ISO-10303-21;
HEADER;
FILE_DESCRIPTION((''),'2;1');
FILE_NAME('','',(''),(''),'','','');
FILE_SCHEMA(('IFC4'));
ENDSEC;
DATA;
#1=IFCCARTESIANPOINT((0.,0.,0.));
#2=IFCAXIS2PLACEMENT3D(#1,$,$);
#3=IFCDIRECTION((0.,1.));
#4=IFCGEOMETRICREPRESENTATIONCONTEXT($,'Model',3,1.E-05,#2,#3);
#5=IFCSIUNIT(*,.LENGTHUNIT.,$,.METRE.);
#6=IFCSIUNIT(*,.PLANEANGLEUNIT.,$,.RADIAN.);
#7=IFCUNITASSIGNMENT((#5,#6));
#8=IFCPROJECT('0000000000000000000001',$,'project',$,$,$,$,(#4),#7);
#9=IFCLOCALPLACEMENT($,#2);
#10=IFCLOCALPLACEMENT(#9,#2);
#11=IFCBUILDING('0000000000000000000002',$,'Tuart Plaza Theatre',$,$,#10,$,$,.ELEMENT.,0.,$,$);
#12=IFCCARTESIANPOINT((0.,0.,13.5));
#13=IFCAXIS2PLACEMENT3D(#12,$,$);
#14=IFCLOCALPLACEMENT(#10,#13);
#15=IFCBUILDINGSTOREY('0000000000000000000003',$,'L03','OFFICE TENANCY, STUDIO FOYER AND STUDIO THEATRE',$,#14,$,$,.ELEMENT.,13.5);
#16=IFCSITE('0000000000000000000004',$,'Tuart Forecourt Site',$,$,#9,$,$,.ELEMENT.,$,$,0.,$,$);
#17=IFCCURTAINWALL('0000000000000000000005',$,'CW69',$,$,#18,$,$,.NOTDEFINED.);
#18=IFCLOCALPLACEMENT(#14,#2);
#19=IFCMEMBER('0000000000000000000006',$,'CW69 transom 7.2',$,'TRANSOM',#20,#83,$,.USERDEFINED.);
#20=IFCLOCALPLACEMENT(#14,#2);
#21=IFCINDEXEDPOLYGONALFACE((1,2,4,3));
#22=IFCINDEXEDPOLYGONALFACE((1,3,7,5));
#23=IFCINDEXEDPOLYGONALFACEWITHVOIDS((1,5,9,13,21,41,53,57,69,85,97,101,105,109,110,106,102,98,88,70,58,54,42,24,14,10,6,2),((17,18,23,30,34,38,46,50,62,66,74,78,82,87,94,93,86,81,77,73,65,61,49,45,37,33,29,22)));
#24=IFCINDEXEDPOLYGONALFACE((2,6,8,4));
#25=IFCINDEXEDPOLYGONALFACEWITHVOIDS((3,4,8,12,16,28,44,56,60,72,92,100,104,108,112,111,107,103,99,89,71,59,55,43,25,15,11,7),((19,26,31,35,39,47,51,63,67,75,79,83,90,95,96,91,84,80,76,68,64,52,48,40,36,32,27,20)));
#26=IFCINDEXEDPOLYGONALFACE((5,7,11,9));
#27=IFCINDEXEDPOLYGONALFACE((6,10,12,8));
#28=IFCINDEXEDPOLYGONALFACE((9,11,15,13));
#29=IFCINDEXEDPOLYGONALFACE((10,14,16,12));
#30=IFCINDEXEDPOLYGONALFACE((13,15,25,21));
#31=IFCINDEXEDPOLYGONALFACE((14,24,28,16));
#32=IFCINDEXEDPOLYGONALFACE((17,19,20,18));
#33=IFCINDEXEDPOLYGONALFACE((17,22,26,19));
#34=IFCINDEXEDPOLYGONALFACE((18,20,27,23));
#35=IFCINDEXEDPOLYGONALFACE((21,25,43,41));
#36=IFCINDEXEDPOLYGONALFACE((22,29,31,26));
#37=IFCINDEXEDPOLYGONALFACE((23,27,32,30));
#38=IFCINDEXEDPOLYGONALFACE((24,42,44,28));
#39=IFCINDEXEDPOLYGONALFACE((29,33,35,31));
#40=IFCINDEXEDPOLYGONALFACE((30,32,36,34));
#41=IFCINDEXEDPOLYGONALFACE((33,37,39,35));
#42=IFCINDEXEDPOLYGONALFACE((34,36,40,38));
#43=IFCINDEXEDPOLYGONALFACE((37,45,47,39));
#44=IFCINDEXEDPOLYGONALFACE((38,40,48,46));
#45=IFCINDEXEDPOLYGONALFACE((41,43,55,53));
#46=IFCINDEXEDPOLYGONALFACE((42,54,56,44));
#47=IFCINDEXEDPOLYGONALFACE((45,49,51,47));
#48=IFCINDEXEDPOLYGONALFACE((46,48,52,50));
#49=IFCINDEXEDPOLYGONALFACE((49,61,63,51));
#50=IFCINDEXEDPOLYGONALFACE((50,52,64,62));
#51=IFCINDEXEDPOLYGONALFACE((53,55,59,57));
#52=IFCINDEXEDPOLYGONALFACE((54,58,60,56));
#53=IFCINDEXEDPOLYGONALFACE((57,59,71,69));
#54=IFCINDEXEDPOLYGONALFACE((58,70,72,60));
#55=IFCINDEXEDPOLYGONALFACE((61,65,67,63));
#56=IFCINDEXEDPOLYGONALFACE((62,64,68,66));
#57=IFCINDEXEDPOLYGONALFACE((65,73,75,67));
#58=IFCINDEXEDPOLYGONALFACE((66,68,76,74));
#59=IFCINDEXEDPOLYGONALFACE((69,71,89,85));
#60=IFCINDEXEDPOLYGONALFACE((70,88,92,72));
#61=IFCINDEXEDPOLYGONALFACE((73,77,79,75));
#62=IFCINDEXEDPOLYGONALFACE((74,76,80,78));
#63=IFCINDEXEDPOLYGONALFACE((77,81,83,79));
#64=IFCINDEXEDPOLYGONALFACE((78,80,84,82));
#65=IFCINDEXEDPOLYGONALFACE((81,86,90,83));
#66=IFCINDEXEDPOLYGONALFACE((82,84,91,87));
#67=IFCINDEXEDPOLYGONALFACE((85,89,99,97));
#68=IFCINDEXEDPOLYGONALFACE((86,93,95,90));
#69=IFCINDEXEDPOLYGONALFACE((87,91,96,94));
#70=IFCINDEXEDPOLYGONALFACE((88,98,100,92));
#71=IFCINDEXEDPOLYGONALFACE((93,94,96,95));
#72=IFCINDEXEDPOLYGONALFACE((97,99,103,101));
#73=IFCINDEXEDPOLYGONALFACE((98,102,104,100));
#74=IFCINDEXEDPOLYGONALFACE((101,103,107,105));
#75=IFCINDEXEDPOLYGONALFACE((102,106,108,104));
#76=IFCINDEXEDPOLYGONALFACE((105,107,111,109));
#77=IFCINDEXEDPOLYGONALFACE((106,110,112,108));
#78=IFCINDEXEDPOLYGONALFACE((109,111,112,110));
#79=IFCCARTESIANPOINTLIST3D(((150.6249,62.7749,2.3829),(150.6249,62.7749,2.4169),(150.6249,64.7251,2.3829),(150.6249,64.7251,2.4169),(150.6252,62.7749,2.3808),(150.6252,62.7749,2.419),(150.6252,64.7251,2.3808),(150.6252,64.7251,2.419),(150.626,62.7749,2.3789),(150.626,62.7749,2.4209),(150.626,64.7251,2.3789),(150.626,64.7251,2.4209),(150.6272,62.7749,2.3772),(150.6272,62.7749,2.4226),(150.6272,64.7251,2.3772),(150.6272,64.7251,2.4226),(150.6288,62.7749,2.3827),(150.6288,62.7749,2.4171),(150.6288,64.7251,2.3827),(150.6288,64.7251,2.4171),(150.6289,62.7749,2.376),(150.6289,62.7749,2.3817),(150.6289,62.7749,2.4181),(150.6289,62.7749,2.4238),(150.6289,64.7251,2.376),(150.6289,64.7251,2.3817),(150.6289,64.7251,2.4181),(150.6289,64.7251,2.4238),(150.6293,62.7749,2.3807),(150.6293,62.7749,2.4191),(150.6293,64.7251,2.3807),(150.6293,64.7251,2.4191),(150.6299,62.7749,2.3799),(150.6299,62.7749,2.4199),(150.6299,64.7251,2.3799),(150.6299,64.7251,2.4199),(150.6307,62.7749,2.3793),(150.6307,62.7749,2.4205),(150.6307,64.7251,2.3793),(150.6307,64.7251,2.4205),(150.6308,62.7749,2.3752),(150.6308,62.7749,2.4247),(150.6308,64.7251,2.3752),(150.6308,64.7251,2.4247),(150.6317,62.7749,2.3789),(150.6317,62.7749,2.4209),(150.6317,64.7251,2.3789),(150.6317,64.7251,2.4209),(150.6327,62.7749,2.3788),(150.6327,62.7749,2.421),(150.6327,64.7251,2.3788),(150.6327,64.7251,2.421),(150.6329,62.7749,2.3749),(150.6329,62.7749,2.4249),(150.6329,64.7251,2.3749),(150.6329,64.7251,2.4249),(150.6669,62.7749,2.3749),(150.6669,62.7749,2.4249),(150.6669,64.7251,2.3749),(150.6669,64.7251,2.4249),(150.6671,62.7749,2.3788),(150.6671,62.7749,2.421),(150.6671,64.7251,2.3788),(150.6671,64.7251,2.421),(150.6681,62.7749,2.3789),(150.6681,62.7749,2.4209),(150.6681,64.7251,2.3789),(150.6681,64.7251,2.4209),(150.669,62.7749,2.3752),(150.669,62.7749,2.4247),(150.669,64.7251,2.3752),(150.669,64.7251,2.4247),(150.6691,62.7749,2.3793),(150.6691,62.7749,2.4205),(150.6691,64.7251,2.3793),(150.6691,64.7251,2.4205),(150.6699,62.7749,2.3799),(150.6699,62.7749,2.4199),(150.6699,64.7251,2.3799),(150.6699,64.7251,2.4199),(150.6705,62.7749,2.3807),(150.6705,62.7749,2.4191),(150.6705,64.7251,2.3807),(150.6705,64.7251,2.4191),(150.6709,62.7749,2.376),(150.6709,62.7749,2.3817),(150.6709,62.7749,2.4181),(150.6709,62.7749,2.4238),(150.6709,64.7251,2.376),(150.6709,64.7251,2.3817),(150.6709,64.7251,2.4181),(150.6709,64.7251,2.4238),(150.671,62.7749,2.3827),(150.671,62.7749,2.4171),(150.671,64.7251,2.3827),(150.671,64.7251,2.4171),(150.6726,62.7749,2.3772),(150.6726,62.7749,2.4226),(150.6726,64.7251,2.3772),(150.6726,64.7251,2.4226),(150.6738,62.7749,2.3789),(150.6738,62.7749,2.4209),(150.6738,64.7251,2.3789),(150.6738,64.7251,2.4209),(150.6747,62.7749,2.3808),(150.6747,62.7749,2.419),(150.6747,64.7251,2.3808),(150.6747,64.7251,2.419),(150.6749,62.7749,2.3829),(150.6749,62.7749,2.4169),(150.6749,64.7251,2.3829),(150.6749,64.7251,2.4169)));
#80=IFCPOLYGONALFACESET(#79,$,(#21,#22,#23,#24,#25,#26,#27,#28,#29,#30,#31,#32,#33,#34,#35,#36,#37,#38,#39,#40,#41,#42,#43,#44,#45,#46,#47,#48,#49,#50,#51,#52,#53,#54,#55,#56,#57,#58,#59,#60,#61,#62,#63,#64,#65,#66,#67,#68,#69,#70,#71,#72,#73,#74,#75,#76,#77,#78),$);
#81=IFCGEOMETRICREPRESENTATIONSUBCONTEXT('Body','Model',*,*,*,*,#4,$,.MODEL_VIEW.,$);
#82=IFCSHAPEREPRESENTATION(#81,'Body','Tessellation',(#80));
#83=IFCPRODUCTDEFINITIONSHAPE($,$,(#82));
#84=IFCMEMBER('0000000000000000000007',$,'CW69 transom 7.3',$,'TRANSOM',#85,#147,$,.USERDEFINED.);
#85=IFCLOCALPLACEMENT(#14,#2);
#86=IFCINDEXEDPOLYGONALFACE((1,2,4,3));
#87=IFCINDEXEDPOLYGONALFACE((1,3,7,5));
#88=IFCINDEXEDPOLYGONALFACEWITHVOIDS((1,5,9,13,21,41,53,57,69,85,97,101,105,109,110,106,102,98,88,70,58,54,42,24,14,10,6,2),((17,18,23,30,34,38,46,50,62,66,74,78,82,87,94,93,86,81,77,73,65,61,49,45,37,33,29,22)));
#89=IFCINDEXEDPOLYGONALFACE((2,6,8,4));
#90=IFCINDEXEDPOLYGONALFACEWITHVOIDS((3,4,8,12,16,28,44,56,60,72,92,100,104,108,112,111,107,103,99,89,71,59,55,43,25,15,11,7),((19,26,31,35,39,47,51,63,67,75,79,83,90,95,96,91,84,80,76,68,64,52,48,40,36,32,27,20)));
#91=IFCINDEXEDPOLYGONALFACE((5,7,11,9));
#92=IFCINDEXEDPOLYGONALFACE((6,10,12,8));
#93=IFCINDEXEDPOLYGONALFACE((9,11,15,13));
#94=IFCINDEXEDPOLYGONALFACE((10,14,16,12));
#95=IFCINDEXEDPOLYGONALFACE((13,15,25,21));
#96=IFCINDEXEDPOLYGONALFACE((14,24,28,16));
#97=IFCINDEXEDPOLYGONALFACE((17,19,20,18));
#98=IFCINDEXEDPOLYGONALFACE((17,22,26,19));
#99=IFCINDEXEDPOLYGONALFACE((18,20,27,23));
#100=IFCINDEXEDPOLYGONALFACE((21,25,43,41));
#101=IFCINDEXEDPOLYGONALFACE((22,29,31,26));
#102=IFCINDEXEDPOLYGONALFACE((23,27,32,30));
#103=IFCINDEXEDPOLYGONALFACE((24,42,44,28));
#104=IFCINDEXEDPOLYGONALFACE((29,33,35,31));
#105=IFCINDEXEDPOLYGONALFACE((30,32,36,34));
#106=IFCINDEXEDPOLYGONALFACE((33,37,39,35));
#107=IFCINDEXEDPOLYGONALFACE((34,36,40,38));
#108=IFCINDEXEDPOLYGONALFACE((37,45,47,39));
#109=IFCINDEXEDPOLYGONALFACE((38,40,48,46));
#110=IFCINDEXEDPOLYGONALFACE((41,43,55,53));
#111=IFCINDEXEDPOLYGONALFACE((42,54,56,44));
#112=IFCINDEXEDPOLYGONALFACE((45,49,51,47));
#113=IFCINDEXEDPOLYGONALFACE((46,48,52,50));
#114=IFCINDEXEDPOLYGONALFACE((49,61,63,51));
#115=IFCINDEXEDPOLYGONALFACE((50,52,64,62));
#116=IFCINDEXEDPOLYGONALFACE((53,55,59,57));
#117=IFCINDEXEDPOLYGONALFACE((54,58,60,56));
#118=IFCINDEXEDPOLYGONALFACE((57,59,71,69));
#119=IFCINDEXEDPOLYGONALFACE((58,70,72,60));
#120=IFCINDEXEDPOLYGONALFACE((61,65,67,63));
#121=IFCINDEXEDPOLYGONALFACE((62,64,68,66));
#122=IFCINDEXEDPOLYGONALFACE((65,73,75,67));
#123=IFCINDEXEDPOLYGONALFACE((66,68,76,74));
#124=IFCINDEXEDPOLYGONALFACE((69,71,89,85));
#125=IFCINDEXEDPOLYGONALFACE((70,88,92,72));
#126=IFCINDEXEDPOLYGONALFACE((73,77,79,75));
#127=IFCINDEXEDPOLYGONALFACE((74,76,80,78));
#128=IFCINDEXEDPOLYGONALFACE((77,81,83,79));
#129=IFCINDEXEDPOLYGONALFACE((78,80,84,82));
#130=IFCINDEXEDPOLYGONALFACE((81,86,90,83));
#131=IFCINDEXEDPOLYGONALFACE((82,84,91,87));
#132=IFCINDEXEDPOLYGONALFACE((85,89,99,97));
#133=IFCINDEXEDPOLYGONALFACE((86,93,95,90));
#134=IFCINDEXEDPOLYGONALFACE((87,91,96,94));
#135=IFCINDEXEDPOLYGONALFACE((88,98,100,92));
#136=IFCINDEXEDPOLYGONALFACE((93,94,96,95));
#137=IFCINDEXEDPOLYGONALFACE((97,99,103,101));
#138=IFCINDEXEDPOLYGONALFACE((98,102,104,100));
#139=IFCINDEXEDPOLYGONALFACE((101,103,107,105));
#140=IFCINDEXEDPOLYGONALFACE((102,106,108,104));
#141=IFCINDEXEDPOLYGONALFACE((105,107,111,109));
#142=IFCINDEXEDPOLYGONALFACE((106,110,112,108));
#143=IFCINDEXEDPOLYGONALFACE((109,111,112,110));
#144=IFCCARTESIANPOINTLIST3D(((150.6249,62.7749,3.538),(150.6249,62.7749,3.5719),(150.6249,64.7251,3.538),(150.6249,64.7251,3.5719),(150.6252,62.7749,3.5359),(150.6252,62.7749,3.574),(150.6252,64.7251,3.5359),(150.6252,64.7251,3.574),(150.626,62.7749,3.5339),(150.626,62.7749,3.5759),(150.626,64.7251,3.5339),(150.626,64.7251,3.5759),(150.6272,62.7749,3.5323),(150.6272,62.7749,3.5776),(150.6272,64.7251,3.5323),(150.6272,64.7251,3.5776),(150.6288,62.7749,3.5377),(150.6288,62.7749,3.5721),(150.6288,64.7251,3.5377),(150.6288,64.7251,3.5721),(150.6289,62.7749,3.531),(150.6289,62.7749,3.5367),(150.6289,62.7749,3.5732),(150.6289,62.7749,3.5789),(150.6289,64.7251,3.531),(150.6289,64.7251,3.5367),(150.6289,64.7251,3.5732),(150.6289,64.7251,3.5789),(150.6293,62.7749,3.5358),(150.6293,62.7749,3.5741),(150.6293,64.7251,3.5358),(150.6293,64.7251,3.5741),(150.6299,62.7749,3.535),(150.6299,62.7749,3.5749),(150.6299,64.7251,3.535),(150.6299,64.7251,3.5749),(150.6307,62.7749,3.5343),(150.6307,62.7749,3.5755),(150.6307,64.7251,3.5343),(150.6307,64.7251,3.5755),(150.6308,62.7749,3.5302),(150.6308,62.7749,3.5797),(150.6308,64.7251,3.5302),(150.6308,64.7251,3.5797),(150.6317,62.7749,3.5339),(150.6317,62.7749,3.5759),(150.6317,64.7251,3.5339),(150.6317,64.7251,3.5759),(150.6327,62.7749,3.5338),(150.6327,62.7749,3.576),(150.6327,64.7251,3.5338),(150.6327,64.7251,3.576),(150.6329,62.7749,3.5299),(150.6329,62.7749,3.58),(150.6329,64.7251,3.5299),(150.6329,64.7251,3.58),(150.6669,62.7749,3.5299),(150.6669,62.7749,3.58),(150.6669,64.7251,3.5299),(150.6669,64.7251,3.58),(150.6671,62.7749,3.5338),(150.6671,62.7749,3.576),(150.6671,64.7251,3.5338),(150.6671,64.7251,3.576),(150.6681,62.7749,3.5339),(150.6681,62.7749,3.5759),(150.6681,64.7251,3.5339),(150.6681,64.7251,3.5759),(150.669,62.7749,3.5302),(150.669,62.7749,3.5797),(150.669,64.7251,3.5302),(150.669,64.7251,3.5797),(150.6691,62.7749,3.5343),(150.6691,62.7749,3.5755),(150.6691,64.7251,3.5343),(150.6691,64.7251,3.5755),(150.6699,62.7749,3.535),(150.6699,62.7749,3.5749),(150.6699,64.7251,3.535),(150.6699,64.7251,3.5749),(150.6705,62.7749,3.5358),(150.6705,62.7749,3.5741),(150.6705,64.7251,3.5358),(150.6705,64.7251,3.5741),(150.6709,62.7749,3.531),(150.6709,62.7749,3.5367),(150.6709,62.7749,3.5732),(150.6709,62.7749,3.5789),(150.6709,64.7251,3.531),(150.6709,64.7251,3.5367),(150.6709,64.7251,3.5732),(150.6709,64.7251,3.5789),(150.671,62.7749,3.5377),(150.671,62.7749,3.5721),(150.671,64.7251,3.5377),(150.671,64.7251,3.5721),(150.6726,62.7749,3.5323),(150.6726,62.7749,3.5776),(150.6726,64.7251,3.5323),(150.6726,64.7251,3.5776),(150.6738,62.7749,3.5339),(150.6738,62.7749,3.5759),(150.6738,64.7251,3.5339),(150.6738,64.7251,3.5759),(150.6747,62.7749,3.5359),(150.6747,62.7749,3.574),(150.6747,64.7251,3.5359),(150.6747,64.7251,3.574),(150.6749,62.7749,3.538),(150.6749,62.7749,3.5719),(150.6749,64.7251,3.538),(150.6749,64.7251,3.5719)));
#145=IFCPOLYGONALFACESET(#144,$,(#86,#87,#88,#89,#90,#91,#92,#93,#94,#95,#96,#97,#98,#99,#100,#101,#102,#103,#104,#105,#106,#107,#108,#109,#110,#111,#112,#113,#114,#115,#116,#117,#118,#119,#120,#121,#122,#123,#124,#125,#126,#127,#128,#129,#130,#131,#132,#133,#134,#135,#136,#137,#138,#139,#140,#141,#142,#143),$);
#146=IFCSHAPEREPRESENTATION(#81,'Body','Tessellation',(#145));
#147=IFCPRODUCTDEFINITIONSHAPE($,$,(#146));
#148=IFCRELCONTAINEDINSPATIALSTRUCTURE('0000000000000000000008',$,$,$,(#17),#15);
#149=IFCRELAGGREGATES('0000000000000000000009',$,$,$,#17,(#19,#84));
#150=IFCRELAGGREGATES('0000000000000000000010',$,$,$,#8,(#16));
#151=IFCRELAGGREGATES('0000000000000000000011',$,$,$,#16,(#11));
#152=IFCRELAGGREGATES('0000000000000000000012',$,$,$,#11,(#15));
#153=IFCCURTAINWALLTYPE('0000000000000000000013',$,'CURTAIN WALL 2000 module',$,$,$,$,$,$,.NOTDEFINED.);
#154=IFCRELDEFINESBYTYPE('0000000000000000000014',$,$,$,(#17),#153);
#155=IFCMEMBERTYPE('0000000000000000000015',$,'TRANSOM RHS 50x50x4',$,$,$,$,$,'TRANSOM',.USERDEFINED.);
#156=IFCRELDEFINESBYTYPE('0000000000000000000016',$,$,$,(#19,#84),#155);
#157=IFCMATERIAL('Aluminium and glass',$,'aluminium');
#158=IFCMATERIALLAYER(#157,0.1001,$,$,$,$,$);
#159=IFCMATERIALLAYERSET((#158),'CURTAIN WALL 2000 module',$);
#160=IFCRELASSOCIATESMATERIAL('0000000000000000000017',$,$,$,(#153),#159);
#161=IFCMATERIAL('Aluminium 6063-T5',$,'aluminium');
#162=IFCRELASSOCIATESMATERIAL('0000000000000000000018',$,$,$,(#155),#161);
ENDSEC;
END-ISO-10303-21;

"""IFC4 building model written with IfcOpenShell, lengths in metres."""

from ifc_helpers import new_model, si_unit, direction, frame, origin, origin_2d, place, context, subcontext, project, spatial, hollow_rectangle, extrude, material, layer, layer_set, material_profile, profile_set, type_object, element, aggregate, save


model = new_model("IFC4")

# Units and contexts
model_context = context("Model", 3, precision=1e-05, world=origin(), true_north=direction((0.0, 1.0)))
body_context = subcontext(model_context, "Body", "Model", "MODEL_VIEW")
ifc_project = project(units=[si_unit("LENGTHUNIT", "METRE"), si_unit("PLANEANGLEUNIT", "RADIAN")], contexts=[model_context])

# Site, building, storey
site_placement = place(None, origin())
site = spatial("IfcSite", under=ifc_project, at=site_placement, Name="Tuart Forecourt Site", CompositionType="ELEMENT", RefElevation=0.0)
building_placement = place(site_placement, origin())
building = spatial("IfcBuilding", under=site, at=building_placement, Name="Tuart Plaza Theatre", CompositionType="ELEMENT", ElevationOfRefHeight=0.0)
storey_placement = place(building_placement, frame((0.0, 0.0, 13.5)))
storey = spatial("IfcBuildingStorey", under=building, at=storey_placement, Name="L03", Description="OFFICE TENANCY, STUDIO FOYER AND STUDIO THEATRE", CompositionType="ELEMENT", Elevation=13.5)

# Curtain wall, members
ifc_material_1 = material(Name="Aluminium and glass", Category="aluminium")
ifc_layer_1 = layer(ifc_material_1, 0.1001)
ifc_layer_set_1 = layer_set([ifc_layer_1], Name="CURTAIN WALL 2000 module")
curtain_wall_type = type_object("IfcCurtainWallType", Name="CURTAIN WALL 2000 module", PredefinedType="NOTDEFINED", material=ifc_layer_set_1)
curtain_wall_placement = place(storey_placement, origin())
curtain_wall = element("IfcCurtainWall", 1, at=curtain_wall_placement, inside=storey, type_object=curtain_wall_type, Name="CW69", PredefinedType="NOTDEFINED")
ifc_material_2 = material(Name="Aluminium 6063-T5", Category="aluminium")
ifc_material_profile_1 = material_profile(ifc_material_2, hollow_rectangle(XDim=0.05, YDim=0.05, WallThickness=0.0039, InnerFilletRadius=0.0039, OuterFilletRadius=0.0081, at=origin_2d()), Name="RHS 50x50x4")
ifc_profile_set_1 = profile_set([ifc_material_profile_1], Name="Aluminium 6063-T5")
member_type_1 = type_object("IfcMemberType", Name="TRANSOM RHS 50x50x4", ElementType="TRANSOM", PredefinedType="USERDEFINED", material=ifc_profile_set_1)
member_1_placement = place(storey_placement, frame((150.6499, 62.7749, 2.3999), z_axis=(0.0, 1.0, 0.0), x_axis=(-1.0, 0.0, 0.0)))
member_1 = element("IfcMember", 2, at=member_1_placement, type_object=member_type_1, Name="CW69 transom 7.2", ObjectType="TRANSOM", PredefinedType="USERDEFINED", context=body_context, shape_type="SweptSolid", body=[
    extrude(hollow_rectangle(XDim=0.05, YDim=0.05, WallThickness=0.0039, InnerFilletRadius=0.0039, OuterFilletRadius=0.0081, at=origin_2d()), origin(), (0.0, 0.0, 1.0), 1.9502),
])
member_2_placement = place(storey_placement, frame((150.6499, 62.7749, 3.5549), z_axis=(0.0, 1.0, 0.0), x_axis=(-1.0, 0.0, 0.0)))
member_2 = element("IfcMember", 3, at=member_2_placement, type_object=member_type_1, Name="CW69 transom 7.3", ObjectType="TRANSOM", PredefinedType="USERDEFINED", context=body_context, shape_type="SweptSolid", body=[
    extrude(hollow_rectangle(XDim=0.05, YDim=0.05, WallThickness=0.0039, InnerFilletRadius=0.0039, OuterFilletRadius=0.0081, at=origin_2d()), origin(), (0.0, 0.0, 1.0), 1.9502),
])
aggregate(curtain_wall, [member_1, member_2])

save(model, "model.ifc")
